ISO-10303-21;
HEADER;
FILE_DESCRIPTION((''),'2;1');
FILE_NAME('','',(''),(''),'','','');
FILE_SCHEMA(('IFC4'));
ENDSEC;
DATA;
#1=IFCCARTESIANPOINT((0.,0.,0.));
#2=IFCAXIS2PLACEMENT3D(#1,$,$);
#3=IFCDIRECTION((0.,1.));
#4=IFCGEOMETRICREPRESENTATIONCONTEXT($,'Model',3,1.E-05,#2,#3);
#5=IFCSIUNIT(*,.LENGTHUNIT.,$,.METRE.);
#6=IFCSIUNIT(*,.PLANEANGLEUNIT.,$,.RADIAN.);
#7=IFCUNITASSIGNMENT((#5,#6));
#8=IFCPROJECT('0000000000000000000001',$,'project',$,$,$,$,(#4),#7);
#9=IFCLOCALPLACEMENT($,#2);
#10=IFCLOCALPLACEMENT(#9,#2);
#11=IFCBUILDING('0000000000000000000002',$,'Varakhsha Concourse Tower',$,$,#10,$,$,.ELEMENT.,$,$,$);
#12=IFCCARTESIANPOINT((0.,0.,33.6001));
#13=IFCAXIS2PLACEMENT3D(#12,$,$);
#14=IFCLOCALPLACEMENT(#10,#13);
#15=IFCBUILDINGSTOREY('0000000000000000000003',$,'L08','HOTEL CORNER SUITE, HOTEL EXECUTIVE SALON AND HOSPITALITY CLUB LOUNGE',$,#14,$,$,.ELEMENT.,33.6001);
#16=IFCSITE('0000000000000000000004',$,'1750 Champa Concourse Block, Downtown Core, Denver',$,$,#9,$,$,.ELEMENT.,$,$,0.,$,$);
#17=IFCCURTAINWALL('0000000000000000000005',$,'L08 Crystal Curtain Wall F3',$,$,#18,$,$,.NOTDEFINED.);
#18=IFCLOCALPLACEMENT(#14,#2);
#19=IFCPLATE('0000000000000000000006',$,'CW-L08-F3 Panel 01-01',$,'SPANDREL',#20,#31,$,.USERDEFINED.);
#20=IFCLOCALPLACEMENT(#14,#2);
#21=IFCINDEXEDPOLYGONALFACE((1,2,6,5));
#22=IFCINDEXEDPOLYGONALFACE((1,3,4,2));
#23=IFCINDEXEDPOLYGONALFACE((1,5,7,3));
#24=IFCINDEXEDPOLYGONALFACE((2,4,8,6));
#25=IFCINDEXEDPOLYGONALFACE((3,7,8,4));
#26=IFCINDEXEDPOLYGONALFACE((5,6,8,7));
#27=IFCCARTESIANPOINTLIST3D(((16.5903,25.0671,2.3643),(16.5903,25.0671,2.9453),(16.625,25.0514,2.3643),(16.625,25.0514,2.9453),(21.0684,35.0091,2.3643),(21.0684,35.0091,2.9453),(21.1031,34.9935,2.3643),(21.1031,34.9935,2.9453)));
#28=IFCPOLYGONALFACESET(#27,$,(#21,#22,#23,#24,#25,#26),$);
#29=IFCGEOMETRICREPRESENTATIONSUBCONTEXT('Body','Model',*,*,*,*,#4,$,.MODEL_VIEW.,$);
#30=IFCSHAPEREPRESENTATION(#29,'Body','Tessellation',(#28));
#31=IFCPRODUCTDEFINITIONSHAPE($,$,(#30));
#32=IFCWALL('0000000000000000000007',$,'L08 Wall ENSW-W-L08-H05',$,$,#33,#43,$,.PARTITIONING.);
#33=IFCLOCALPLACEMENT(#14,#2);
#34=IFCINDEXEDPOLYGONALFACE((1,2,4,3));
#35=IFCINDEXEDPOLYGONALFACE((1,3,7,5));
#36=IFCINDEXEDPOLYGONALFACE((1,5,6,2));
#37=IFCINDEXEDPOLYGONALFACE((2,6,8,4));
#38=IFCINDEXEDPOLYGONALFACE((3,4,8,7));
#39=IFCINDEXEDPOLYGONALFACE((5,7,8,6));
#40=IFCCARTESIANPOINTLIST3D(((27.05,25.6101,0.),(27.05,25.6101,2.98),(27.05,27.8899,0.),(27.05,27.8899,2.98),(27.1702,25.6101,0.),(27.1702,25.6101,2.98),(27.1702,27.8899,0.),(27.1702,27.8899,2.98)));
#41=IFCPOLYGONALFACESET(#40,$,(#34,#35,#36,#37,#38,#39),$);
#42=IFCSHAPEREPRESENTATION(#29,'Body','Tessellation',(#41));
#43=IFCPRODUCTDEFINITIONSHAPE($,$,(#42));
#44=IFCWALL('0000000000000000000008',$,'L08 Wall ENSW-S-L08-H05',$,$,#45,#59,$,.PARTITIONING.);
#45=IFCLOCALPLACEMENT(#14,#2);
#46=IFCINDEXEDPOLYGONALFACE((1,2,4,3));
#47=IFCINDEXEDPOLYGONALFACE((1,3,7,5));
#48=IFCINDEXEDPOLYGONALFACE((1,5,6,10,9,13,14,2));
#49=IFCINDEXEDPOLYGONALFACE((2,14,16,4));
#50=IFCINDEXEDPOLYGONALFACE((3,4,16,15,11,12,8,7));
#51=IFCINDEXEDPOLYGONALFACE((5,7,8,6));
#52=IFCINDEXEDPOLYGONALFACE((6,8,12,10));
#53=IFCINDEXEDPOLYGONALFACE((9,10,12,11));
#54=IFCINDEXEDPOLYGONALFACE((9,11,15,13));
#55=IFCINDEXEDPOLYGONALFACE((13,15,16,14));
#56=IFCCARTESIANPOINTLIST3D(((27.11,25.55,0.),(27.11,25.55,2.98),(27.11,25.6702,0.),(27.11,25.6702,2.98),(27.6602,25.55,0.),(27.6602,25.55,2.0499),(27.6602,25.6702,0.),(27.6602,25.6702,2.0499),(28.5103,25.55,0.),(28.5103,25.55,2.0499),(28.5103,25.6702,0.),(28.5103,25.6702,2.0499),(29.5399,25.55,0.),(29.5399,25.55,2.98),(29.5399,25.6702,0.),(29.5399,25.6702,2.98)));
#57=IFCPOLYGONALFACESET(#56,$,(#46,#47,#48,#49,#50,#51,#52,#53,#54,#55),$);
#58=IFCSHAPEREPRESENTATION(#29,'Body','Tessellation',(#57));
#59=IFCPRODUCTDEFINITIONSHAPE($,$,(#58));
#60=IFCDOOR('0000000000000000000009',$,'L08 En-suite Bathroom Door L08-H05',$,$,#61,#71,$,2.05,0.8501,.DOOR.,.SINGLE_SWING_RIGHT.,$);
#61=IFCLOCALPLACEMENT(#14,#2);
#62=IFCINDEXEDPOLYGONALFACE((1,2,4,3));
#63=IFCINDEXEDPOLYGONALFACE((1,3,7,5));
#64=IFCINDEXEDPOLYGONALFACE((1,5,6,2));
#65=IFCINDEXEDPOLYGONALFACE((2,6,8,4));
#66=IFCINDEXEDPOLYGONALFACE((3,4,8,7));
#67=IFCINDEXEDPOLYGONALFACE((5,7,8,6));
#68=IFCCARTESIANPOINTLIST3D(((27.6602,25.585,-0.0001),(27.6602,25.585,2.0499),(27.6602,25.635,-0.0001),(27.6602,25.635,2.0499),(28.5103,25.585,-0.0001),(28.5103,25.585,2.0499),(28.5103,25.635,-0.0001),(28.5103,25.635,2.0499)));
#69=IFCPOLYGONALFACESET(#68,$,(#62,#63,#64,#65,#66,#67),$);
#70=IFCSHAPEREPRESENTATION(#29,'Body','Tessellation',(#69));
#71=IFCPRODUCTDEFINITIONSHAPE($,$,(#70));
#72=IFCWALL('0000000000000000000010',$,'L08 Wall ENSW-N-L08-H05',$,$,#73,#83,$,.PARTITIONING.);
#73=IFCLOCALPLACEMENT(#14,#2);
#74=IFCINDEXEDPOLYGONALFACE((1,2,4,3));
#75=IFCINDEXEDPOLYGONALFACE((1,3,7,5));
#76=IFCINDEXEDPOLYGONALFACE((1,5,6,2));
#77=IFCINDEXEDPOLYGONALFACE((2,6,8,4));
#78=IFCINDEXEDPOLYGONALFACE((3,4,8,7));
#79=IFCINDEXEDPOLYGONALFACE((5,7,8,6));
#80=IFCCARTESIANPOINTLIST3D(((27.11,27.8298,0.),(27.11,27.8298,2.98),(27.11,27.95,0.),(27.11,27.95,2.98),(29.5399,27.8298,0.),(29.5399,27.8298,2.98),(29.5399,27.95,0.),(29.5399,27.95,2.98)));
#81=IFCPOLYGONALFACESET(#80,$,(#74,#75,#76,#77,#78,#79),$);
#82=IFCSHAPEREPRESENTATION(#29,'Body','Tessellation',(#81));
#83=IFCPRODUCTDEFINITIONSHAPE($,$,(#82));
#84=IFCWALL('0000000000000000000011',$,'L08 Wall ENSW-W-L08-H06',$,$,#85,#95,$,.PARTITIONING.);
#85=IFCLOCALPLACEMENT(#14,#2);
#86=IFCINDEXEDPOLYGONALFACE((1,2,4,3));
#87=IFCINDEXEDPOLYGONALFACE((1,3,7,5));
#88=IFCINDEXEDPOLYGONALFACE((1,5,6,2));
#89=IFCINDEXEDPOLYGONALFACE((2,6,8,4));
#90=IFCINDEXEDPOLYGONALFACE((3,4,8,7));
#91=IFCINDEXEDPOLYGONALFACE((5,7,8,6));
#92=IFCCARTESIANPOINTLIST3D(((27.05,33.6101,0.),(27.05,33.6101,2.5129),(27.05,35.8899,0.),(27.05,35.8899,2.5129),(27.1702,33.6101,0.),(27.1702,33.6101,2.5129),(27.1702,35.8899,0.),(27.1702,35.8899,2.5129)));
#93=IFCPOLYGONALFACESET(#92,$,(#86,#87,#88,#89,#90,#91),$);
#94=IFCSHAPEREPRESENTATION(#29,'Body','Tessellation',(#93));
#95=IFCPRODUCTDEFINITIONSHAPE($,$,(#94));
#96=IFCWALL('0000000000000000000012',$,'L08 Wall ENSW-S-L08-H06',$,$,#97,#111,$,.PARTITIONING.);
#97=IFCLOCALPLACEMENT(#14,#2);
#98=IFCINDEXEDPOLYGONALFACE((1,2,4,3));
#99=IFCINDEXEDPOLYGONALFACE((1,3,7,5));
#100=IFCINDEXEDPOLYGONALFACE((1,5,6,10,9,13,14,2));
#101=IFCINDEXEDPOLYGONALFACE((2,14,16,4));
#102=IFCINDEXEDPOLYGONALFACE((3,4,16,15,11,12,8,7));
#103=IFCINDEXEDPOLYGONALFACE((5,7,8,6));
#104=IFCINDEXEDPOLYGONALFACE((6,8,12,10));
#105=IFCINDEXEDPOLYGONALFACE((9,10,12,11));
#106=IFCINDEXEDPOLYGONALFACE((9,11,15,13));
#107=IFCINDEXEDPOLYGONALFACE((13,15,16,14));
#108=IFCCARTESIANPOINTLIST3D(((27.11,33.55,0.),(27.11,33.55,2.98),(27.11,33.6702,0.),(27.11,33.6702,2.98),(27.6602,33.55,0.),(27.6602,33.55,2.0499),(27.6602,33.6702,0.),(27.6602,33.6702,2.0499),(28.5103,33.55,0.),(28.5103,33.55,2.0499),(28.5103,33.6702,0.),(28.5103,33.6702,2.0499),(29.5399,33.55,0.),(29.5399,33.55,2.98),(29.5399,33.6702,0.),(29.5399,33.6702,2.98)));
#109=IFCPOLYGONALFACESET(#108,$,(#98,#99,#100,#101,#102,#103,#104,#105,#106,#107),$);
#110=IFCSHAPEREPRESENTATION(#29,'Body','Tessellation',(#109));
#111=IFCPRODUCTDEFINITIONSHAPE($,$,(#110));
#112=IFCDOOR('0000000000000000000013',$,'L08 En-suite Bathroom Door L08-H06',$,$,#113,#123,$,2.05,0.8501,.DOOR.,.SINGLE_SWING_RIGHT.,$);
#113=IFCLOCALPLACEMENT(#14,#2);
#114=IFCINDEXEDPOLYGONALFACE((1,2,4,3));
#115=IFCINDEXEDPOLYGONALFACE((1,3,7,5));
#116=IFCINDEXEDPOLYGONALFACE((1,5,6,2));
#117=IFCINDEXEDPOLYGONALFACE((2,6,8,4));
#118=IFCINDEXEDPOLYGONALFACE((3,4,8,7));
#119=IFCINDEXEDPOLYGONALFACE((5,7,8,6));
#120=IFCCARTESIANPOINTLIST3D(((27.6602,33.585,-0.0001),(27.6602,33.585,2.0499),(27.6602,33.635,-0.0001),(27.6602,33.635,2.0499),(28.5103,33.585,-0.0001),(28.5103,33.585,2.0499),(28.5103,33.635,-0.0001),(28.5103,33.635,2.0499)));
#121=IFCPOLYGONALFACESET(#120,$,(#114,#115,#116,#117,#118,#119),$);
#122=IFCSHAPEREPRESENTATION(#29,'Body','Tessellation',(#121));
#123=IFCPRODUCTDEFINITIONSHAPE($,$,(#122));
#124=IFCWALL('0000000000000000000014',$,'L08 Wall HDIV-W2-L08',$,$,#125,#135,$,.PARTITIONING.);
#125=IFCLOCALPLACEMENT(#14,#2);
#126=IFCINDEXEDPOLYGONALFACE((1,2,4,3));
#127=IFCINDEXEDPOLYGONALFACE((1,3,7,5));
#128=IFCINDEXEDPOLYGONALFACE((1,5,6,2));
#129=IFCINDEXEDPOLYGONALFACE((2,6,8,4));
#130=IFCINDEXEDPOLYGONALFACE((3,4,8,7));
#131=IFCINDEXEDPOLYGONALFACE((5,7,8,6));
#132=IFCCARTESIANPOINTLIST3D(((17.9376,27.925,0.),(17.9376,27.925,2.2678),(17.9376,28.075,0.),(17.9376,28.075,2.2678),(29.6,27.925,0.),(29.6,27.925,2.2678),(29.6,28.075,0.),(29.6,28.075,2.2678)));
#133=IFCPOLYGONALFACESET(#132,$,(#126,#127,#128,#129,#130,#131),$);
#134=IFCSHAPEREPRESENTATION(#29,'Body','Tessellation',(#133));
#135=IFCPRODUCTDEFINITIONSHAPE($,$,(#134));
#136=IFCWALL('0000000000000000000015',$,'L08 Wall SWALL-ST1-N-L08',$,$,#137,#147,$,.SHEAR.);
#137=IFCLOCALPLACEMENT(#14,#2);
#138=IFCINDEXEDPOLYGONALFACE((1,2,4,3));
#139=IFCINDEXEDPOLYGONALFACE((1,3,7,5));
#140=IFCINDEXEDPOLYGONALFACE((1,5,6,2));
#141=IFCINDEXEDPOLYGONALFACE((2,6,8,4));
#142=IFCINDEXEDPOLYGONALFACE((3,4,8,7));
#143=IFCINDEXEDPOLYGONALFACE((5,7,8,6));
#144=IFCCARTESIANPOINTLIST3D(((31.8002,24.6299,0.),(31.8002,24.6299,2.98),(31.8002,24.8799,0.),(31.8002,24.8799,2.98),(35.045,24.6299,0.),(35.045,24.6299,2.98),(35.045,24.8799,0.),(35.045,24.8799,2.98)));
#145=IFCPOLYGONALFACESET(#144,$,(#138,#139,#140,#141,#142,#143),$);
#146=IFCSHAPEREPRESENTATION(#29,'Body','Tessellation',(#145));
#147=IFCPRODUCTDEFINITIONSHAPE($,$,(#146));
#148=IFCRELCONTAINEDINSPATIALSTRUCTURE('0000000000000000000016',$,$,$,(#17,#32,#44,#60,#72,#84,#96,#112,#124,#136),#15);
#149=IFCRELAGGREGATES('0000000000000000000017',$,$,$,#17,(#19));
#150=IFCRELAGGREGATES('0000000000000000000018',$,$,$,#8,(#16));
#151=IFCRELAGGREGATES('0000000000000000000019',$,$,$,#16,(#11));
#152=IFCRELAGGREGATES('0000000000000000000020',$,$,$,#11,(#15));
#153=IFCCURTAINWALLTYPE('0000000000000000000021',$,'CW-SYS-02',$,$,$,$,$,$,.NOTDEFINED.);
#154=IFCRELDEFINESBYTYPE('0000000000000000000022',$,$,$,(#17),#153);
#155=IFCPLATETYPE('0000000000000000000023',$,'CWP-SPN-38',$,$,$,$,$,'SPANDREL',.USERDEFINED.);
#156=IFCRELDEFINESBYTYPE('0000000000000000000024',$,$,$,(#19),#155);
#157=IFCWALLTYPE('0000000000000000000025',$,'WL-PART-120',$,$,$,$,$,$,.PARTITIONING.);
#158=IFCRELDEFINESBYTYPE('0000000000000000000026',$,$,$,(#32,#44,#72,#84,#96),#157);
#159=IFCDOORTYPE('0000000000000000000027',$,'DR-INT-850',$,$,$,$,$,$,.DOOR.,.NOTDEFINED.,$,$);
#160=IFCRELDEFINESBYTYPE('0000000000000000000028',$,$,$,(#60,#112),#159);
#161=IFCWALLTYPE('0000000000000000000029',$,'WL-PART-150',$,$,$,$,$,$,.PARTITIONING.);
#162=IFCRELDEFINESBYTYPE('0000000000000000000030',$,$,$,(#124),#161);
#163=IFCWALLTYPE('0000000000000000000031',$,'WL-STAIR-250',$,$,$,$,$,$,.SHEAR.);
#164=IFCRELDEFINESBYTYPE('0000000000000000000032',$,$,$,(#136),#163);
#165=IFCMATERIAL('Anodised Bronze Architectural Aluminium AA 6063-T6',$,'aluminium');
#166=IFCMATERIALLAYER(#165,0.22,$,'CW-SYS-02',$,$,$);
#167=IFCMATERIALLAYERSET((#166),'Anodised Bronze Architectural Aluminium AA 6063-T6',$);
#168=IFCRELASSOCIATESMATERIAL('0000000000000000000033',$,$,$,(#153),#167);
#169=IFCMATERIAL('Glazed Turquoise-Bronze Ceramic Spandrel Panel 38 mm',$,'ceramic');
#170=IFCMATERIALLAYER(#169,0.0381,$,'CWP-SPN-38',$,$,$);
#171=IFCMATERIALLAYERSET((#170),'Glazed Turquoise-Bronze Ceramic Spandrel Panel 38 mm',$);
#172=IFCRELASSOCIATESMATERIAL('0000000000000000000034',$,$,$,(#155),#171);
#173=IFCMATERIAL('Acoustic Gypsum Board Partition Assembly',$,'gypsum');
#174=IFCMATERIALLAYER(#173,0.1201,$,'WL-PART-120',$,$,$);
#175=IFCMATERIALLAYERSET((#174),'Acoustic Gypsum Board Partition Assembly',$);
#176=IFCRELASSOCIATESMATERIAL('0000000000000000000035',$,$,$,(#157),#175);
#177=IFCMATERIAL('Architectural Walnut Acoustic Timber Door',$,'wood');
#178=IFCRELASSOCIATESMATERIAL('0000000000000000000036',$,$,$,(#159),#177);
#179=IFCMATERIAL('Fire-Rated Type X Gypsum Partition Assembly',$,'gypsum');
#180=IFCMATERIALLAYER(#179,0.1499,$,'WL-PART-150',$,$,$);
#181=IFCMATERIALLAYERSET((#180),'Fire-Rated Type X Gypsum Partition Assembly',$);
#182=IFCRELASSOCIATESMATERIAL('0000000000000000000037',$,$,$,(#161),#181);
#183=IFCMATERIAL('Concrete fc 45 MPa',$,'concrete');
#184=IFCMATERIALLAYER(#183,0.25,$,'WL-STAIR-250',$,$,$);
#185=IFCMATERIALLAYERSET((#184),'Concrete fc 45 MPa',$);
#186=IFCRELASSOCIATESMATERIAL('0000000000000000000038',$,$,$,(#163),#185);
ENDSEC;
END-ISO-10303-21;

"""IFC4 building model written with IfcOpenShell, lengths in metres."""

from ifc_helpers import new_model, si_unit, direction, frame, frame_2d, origin, origin_2d, place, context, subcontext, project, spatial, rectangle, extrude, source, transform, mapped, material, layer, layer_set, type_object, type_shapes, element, fill, aggregate, save


model = new_model("IFC4")

# Units and contexts
model_context = context("Model", 3, precision=1e-05, world=origin(), true_north=direction((0.0, 1.0)))
body_context = subcontext(model_context, "Body", "Model", "MODEL_VIEW")
ifc_project = project(units=[si_unit("LENGTHUNIT", "METRE"), si_unit("PLANEANGLEUNIT", "RADIAN")], contexts=[model_context])

# Site, building, storey
site_placement = place(None, origin())
site = spatial("IfcSite", under=ifc_project, at=site_placement, Name="1750 Champa Concourse Block, Downtown Core, Denver", CompositionType="ELEMENT", RefElevation=0.0)
building_placement = place(site_placement, origin())
building = spatial("IfcBuilding", under=site, at=building_placement, Name="Varakhsha Concourse Tower", CompositionType="ELEMENT")
storey_placement = place(building_placement, frame((0.0, 0.0, 33.6001)))
storey = spatial("IfcBuildingStorey", under=building, at=storey_placement, Name="L08", Description="HOTEL CORNER SUITE, HOTEL EXECUTIVE SALON AND HOSPITALITY CLUB LOUNGE", CompositionType="ELEMENT", Elevation=33.6001)

# Shared definitions
ifc_material_1 = material(Name="Anodised Bronze Architectural Aluminium AA 6063-T6", Category="aluminium")
ifc_layer_1 = layer(ifc_material_1, 0.22, Name="CW-SYS-02")
ifc_layer_set_1 = layer_set([ifc_layer_1], Name="Anodised Bronze Architectural Aluminium AA 6063-T6")
curtain_wall_type = type_object("IfcCurtainWallType", Name="CW-SYS-02", PredefinedType="NOTDEFINED", material=ifc_layer_set_1)

# Curtain wall, plate
curtain_wall_1_placement = place(storey_placement, origin())
curtain_wall_1 = element("IfcCurtainWall", 1, at=curtain_wall_1_placement, inside=storey, type_object=curtain_wall_type, Name="L08 Crystal Curtain Wall F3", PredefinedType="NOTDEFINED")
ifc_material_2 = material(Name="Glazed Turquoise-Bronze Ceramic Spandrel Panel 38 mm", Category="ceramic")
ifc_layer_2 = layer(ifc_material_2, 0.0381, Name="CWP-SPN-38")
ifc_layer_set_2 = layer_set([ifc_layer_2], Name="Glazed Turquoise-Bronze Ceramic Spandrel Panel 38 mm")
plate_type_1 = type_object("IfcPlateType", Name="CWP-SPN-38", ElementType="SPANDREL", PredefinedType="USERDEFINED", material=ifc_layer_set_2)
shared_shape_1 = source(origin(), body_context, "Body", "SweptSolid", [
    extrude(rectangle(XDim=10.9041, YDim=0.0381, at=origin_2d()), origin(), (0.0, 0.0, 1.0), 0.5811),
])
type_shapes(plate_type_1, [shared_shape_1])
plate_1_placement = place(storey_placement, frame((18.8467, 30.0303, 2.3643), z_axis=(0.0, 0.0, 1.0), x_axis=(0.410684, 0.911778, 0.0)))
plate_1 = element("IfcPlate", 2, at=plate_1_placement, type_object=plate_type_1, Name="CW-L08-F3 Panel 01-01", ObjectType="SPANDREL", PredefinedType="USERDEFINED", context=body_context, shape_type="MappedRepresentation", body=[
    mapped(shared_shape_1, transform((0.0, 0.0, 0.0), scale=1.0)),
])
aggregate(curtain_wall_1, [plate_1])

# Wall
ifc_material_3 = material(Name="Acoustic Gypsum Board Partition Assembly", Category="gypsum")
ifc_layer_3 = layer(ifc_material_3, 0.1201, Name="WL-PART-120")
ifc_layer_set_3 = layer_set([ifc_layer_3], Name="Acoustic Gypsum Board Partition Assembly")
wall_type_1 = type_object("IfcWallType", Name="WL-PART-120", PredefinedType="PARTITIONING", material=ifc_layer_set_3)
wall_1_placement = place(storey_placement, frame((27.1101, 25.6101, 0.0), z_axis=(0.0, 0.0, 1.0), x_axis=(0.0, 1.0, 0.0)))
element("IfcWall", 3, at=wall_1_placement, inside=storey, type_object=wall_type_1, Name="L08 Wall ENSW-W-L08-H05", PredefinedType="PARTITIONING", context=body_context, shape_type="SweptSolid", body=[
    extrude(rectangle(XDim=2.2798, YDim=0.1201, at=frame_2d((1.1399, 0.0))), origin(), (0.0, 0.0, 1.0), 2.98),
])

# Wall, opening, door
wall_2_placement = place(storey_placement, frame((27.1101, 25.6101, 0.0), z_axis=(0.0, 0.0, 1.0), x_axis=(1.0, 0.0, 0.0)))
wall_2 = element("IfcWall", 4, at=wall_2_placement, inside=storey, type_object=wall_type_1, Name="L08 Wall ENSW-S-L08-H05", PredefinedType="PARTITIONING", context=body_context, shape_type="SweptSolid", body=[
    extrude(rectangle(XDim=2.4299, YDim=0.1201, at=frame_2d((1.2148, 0.0))), origin(), (0.0, 0.0, 1.0), 2.98),
])
opening_1_placement = place(wall_2_placement, frame((0.55, 0.0, 0.0)))
opening_1 = element("IfcOpeningElement", 5, at=opening_1_placement, cuts=wall_2, PredefinedType="OPENING", context=body_context, shape_type="SweptSolid", body=[
    extrude(rectangle(XDim=0.8501, YDim=2.05, at=frame_2d((0.425, 1.0249))), frame((0.0, 0.0701, 0.0), z_axis=(0.0, -1.0, 0.0), x_axis=(1.0, 0.0, 0.0)), (0.0, 0.0, 1.0), 0.1401),
])
ifc_material_4 = material(Name="Architectural Walnut Acoustic Timber Door", Category="wood")
door_type = type_object("IfcDoorType", Name="DR-INT-850", OperationType="NOTDEFINED", PredefinedType="DOOR", material=ifc_material_4)
door_1_placement = place(opening_1_placement, origin())
door_1 = element("IfcDoor", 6, at=door_1_placement, inside=storey, type_object=door_type, Name="L08 En-suite Bathroom Door L08-H05", OperationType="SINGLE_SWING_RIGHT", OverallHeight=2.05, OverallWidth=0.8501, PredefinedType="DOOR", context=body_context, shape_type="SweptSolid", body=[
    extrude(rectangle(XDim=0.8501, YDim=2.05, at=frame_2d((0.425, 1.0249))), frame((0.0, 0.0249, 0.0), z_axis=(0.0, -1.0, 0.0), x_axis=(1.0, 0.0, 0.0)), (0.0, 0.0, 1.0), 0.05),
])
fill(opening_1, door_1)

# Walls
wall_3_placement = place(storey_placement, frame((27.1101, 27.8899, 0.0), z_axis=(0.0, 0.0, 1.0), x_axis=(1.0, 0.0, 0.0)))
element("IfcWall", 7, at=wall_3_placement, inside=storey, type_object=wall_type_1, Name="L08 Wall ENSW-N-L08-H05", PredefinedType="PARTITIONING", context=body_context, shape_type="SweptSolid", body=[
    extrude(rectangle(XDim=2.4299, YDim=0.1201, at=frame_2d((1.2148, 0.0))), origin(), (0.0, 0.0, 1.0), 2.98),
])
wall_4_placement = place(storey_placement, frame((27.1101, 33.6101, 0.0), z_axis=(0.0, 0.0, 1.0), x_axis=(0.0, 1.0, 0.0)))
element("IfcWall", 8, at=wall_4_placement, inside=storey, type_object=wall_type_1, Name="L08 Wall ENSW-W-L08-H06", PredefinedType="PARTITIONING", context=body_context, shape_type="SweptSolid", body=[
    extrude(rectangle(XDim=2.2798, YDim=0.1201, at=frame_2d((1.1399, 0.0))), origin(), (0.0, 0.0, 1.0), 2.5129),
])

# Wall, opening, door
wall_5_placement = place(storey_placement, frame((27.1101, 33.6101, 0.0), z_axis=(0.0, 0.0, 1.0), x_axis=(1.0, 0.0, 0.0)))
wall_5 = element("IfcWall", 9, at=wall_5_placement, inside=storey, type_object=wall_type_1, Name="L08 Wall ENSW-S-L08-H06", PredefinedType="PARTITIONING", context=body_context, shape_type="SweptSolid", body=[
    extrude(rectangle(XDim=2.4299, YDim=0.1201, at=frame_2d((1.2148, 0.0))), origin(), (0.0, 0.0, 1.0), 2.98),
])
opening_2_placement = place(wall_5_placement, frame((0.55, 0.0, 0.0)))
opening_2 = element("IfcOpeningElement", 10, at=opening_2_placement, cuts=wall_5, PredefinedType="OPENING", context=body_context, shape_type="SweptSolid", body=[
    extrude(rectangle(XDim=0.8501, YDim=2.05, at=frame_2d((0.425, 1.0249))), frame((0.0, 0.0701, 0.0), z_axis=(0.0, -1.0, 0.0), x_axis=(1.0, 0.0, 0.0)), (0.0, 0.0, 1.0), 0.1401),
])
door_2_placement = place(opening_2_placement, origin())
door_2 = element("IfcDoor", 11, at=door_2_placement, inside=storey, type_object=door_type, Name="L08 En-suite Bathroom Door L08-H06", OperationType="SINGLE_SWING_RIGHT", OverallHeight=2.05, OverallWidth=0.8501, PredefinedType="DOOR", context=body_context, shape_type="SweptSolid", body=[
    extrude(rectangle(XDim=0.8501, YDim=2.05, at=frame_2d((0.425, 1.0249))), frame((0.0, 0.0249, 0.0), z_axis=(0.0, -1.0, 0.0), x_axis=(1.0, 0.0, 0.0)), (0.0, 0.0, 1.0), 0.05),
])
fill(opening_2, door_2)

# Walls
ifc_material_5 = material(Name="Fire-Rated Type X Gypsum Partition Assembly", Category="gypsum")
ifc_layer_4 = layer(ifc_material_5, 0.1499, Name="WL-PART-150")
ifc_layer_set_4 = layer_set([ifc_layer_4], Name="Fire-Rated Type X Gypsum Partition Assembly")
wall_type_2 = type_object("IfcWallType", Name="WL-PART-150", PredefinedType="PARTITIONING", material=ifc_layer_set_4)
wall_6_placement = place(storey_placement, frame((17.9377, 28.0, 0.0), z_axis=(0.0, 0.0, 1.0), x_axis=(1.0, 0.0, 0.0)))
element("IfcWall", 12, at=wall_6_placement, inside=storey, type_object=wall_type_2, Name="L08 Wall HDIV-W2-L08", PredefinedType="PARTITIONING", context=body_context, shape_type="SweptSolid", body=[
    extrude(rectangle(XDim=11.6624, YDim=0.1499, at=frame_2d((5.8311, 0.0))), origin(), (0.0, 0.0, 1.0), 2.2678),
])
ifc_material_6 = material(Name="Concrete fc 45 MPa", Category="concrete")
ifc_layer_5 = layer(ifc_material_6, 0.25, Name="WL-STAIR-250")
ifc_layer_set_5 = layer_set([ifc_layer_5], Name="Concrete fc 45 MPa")
wall_type_3 = type_object("IfcWallType", Name="WL-STAIR-250", PredefinedType="SHEAR", material=ifc_layer_set_5)
wall_7_placement = place(storey_placement, frame((31.8, 24.7549, 0.0), z_axis=(0.0, 0.0, 1.0), x_axis=(1.0, 0.0, 0.0)))
element("IfcWall", 13, at=wall_7_placement, inside=storey, type_object=wall_type_3, Name="L08 Wall SWALL-ST1-N-L08", PredefinedType="SHEAR", context=body_context, shape_type="SweptSolid", body=[
    extrude(rectangle(XDim=3.2449, YDim=0.25, at=frame_2d((1.6226, 0.0))), origin(), (0.0, 0.0, 1.0), 2.98),
])

save(model, "model.ifc")
